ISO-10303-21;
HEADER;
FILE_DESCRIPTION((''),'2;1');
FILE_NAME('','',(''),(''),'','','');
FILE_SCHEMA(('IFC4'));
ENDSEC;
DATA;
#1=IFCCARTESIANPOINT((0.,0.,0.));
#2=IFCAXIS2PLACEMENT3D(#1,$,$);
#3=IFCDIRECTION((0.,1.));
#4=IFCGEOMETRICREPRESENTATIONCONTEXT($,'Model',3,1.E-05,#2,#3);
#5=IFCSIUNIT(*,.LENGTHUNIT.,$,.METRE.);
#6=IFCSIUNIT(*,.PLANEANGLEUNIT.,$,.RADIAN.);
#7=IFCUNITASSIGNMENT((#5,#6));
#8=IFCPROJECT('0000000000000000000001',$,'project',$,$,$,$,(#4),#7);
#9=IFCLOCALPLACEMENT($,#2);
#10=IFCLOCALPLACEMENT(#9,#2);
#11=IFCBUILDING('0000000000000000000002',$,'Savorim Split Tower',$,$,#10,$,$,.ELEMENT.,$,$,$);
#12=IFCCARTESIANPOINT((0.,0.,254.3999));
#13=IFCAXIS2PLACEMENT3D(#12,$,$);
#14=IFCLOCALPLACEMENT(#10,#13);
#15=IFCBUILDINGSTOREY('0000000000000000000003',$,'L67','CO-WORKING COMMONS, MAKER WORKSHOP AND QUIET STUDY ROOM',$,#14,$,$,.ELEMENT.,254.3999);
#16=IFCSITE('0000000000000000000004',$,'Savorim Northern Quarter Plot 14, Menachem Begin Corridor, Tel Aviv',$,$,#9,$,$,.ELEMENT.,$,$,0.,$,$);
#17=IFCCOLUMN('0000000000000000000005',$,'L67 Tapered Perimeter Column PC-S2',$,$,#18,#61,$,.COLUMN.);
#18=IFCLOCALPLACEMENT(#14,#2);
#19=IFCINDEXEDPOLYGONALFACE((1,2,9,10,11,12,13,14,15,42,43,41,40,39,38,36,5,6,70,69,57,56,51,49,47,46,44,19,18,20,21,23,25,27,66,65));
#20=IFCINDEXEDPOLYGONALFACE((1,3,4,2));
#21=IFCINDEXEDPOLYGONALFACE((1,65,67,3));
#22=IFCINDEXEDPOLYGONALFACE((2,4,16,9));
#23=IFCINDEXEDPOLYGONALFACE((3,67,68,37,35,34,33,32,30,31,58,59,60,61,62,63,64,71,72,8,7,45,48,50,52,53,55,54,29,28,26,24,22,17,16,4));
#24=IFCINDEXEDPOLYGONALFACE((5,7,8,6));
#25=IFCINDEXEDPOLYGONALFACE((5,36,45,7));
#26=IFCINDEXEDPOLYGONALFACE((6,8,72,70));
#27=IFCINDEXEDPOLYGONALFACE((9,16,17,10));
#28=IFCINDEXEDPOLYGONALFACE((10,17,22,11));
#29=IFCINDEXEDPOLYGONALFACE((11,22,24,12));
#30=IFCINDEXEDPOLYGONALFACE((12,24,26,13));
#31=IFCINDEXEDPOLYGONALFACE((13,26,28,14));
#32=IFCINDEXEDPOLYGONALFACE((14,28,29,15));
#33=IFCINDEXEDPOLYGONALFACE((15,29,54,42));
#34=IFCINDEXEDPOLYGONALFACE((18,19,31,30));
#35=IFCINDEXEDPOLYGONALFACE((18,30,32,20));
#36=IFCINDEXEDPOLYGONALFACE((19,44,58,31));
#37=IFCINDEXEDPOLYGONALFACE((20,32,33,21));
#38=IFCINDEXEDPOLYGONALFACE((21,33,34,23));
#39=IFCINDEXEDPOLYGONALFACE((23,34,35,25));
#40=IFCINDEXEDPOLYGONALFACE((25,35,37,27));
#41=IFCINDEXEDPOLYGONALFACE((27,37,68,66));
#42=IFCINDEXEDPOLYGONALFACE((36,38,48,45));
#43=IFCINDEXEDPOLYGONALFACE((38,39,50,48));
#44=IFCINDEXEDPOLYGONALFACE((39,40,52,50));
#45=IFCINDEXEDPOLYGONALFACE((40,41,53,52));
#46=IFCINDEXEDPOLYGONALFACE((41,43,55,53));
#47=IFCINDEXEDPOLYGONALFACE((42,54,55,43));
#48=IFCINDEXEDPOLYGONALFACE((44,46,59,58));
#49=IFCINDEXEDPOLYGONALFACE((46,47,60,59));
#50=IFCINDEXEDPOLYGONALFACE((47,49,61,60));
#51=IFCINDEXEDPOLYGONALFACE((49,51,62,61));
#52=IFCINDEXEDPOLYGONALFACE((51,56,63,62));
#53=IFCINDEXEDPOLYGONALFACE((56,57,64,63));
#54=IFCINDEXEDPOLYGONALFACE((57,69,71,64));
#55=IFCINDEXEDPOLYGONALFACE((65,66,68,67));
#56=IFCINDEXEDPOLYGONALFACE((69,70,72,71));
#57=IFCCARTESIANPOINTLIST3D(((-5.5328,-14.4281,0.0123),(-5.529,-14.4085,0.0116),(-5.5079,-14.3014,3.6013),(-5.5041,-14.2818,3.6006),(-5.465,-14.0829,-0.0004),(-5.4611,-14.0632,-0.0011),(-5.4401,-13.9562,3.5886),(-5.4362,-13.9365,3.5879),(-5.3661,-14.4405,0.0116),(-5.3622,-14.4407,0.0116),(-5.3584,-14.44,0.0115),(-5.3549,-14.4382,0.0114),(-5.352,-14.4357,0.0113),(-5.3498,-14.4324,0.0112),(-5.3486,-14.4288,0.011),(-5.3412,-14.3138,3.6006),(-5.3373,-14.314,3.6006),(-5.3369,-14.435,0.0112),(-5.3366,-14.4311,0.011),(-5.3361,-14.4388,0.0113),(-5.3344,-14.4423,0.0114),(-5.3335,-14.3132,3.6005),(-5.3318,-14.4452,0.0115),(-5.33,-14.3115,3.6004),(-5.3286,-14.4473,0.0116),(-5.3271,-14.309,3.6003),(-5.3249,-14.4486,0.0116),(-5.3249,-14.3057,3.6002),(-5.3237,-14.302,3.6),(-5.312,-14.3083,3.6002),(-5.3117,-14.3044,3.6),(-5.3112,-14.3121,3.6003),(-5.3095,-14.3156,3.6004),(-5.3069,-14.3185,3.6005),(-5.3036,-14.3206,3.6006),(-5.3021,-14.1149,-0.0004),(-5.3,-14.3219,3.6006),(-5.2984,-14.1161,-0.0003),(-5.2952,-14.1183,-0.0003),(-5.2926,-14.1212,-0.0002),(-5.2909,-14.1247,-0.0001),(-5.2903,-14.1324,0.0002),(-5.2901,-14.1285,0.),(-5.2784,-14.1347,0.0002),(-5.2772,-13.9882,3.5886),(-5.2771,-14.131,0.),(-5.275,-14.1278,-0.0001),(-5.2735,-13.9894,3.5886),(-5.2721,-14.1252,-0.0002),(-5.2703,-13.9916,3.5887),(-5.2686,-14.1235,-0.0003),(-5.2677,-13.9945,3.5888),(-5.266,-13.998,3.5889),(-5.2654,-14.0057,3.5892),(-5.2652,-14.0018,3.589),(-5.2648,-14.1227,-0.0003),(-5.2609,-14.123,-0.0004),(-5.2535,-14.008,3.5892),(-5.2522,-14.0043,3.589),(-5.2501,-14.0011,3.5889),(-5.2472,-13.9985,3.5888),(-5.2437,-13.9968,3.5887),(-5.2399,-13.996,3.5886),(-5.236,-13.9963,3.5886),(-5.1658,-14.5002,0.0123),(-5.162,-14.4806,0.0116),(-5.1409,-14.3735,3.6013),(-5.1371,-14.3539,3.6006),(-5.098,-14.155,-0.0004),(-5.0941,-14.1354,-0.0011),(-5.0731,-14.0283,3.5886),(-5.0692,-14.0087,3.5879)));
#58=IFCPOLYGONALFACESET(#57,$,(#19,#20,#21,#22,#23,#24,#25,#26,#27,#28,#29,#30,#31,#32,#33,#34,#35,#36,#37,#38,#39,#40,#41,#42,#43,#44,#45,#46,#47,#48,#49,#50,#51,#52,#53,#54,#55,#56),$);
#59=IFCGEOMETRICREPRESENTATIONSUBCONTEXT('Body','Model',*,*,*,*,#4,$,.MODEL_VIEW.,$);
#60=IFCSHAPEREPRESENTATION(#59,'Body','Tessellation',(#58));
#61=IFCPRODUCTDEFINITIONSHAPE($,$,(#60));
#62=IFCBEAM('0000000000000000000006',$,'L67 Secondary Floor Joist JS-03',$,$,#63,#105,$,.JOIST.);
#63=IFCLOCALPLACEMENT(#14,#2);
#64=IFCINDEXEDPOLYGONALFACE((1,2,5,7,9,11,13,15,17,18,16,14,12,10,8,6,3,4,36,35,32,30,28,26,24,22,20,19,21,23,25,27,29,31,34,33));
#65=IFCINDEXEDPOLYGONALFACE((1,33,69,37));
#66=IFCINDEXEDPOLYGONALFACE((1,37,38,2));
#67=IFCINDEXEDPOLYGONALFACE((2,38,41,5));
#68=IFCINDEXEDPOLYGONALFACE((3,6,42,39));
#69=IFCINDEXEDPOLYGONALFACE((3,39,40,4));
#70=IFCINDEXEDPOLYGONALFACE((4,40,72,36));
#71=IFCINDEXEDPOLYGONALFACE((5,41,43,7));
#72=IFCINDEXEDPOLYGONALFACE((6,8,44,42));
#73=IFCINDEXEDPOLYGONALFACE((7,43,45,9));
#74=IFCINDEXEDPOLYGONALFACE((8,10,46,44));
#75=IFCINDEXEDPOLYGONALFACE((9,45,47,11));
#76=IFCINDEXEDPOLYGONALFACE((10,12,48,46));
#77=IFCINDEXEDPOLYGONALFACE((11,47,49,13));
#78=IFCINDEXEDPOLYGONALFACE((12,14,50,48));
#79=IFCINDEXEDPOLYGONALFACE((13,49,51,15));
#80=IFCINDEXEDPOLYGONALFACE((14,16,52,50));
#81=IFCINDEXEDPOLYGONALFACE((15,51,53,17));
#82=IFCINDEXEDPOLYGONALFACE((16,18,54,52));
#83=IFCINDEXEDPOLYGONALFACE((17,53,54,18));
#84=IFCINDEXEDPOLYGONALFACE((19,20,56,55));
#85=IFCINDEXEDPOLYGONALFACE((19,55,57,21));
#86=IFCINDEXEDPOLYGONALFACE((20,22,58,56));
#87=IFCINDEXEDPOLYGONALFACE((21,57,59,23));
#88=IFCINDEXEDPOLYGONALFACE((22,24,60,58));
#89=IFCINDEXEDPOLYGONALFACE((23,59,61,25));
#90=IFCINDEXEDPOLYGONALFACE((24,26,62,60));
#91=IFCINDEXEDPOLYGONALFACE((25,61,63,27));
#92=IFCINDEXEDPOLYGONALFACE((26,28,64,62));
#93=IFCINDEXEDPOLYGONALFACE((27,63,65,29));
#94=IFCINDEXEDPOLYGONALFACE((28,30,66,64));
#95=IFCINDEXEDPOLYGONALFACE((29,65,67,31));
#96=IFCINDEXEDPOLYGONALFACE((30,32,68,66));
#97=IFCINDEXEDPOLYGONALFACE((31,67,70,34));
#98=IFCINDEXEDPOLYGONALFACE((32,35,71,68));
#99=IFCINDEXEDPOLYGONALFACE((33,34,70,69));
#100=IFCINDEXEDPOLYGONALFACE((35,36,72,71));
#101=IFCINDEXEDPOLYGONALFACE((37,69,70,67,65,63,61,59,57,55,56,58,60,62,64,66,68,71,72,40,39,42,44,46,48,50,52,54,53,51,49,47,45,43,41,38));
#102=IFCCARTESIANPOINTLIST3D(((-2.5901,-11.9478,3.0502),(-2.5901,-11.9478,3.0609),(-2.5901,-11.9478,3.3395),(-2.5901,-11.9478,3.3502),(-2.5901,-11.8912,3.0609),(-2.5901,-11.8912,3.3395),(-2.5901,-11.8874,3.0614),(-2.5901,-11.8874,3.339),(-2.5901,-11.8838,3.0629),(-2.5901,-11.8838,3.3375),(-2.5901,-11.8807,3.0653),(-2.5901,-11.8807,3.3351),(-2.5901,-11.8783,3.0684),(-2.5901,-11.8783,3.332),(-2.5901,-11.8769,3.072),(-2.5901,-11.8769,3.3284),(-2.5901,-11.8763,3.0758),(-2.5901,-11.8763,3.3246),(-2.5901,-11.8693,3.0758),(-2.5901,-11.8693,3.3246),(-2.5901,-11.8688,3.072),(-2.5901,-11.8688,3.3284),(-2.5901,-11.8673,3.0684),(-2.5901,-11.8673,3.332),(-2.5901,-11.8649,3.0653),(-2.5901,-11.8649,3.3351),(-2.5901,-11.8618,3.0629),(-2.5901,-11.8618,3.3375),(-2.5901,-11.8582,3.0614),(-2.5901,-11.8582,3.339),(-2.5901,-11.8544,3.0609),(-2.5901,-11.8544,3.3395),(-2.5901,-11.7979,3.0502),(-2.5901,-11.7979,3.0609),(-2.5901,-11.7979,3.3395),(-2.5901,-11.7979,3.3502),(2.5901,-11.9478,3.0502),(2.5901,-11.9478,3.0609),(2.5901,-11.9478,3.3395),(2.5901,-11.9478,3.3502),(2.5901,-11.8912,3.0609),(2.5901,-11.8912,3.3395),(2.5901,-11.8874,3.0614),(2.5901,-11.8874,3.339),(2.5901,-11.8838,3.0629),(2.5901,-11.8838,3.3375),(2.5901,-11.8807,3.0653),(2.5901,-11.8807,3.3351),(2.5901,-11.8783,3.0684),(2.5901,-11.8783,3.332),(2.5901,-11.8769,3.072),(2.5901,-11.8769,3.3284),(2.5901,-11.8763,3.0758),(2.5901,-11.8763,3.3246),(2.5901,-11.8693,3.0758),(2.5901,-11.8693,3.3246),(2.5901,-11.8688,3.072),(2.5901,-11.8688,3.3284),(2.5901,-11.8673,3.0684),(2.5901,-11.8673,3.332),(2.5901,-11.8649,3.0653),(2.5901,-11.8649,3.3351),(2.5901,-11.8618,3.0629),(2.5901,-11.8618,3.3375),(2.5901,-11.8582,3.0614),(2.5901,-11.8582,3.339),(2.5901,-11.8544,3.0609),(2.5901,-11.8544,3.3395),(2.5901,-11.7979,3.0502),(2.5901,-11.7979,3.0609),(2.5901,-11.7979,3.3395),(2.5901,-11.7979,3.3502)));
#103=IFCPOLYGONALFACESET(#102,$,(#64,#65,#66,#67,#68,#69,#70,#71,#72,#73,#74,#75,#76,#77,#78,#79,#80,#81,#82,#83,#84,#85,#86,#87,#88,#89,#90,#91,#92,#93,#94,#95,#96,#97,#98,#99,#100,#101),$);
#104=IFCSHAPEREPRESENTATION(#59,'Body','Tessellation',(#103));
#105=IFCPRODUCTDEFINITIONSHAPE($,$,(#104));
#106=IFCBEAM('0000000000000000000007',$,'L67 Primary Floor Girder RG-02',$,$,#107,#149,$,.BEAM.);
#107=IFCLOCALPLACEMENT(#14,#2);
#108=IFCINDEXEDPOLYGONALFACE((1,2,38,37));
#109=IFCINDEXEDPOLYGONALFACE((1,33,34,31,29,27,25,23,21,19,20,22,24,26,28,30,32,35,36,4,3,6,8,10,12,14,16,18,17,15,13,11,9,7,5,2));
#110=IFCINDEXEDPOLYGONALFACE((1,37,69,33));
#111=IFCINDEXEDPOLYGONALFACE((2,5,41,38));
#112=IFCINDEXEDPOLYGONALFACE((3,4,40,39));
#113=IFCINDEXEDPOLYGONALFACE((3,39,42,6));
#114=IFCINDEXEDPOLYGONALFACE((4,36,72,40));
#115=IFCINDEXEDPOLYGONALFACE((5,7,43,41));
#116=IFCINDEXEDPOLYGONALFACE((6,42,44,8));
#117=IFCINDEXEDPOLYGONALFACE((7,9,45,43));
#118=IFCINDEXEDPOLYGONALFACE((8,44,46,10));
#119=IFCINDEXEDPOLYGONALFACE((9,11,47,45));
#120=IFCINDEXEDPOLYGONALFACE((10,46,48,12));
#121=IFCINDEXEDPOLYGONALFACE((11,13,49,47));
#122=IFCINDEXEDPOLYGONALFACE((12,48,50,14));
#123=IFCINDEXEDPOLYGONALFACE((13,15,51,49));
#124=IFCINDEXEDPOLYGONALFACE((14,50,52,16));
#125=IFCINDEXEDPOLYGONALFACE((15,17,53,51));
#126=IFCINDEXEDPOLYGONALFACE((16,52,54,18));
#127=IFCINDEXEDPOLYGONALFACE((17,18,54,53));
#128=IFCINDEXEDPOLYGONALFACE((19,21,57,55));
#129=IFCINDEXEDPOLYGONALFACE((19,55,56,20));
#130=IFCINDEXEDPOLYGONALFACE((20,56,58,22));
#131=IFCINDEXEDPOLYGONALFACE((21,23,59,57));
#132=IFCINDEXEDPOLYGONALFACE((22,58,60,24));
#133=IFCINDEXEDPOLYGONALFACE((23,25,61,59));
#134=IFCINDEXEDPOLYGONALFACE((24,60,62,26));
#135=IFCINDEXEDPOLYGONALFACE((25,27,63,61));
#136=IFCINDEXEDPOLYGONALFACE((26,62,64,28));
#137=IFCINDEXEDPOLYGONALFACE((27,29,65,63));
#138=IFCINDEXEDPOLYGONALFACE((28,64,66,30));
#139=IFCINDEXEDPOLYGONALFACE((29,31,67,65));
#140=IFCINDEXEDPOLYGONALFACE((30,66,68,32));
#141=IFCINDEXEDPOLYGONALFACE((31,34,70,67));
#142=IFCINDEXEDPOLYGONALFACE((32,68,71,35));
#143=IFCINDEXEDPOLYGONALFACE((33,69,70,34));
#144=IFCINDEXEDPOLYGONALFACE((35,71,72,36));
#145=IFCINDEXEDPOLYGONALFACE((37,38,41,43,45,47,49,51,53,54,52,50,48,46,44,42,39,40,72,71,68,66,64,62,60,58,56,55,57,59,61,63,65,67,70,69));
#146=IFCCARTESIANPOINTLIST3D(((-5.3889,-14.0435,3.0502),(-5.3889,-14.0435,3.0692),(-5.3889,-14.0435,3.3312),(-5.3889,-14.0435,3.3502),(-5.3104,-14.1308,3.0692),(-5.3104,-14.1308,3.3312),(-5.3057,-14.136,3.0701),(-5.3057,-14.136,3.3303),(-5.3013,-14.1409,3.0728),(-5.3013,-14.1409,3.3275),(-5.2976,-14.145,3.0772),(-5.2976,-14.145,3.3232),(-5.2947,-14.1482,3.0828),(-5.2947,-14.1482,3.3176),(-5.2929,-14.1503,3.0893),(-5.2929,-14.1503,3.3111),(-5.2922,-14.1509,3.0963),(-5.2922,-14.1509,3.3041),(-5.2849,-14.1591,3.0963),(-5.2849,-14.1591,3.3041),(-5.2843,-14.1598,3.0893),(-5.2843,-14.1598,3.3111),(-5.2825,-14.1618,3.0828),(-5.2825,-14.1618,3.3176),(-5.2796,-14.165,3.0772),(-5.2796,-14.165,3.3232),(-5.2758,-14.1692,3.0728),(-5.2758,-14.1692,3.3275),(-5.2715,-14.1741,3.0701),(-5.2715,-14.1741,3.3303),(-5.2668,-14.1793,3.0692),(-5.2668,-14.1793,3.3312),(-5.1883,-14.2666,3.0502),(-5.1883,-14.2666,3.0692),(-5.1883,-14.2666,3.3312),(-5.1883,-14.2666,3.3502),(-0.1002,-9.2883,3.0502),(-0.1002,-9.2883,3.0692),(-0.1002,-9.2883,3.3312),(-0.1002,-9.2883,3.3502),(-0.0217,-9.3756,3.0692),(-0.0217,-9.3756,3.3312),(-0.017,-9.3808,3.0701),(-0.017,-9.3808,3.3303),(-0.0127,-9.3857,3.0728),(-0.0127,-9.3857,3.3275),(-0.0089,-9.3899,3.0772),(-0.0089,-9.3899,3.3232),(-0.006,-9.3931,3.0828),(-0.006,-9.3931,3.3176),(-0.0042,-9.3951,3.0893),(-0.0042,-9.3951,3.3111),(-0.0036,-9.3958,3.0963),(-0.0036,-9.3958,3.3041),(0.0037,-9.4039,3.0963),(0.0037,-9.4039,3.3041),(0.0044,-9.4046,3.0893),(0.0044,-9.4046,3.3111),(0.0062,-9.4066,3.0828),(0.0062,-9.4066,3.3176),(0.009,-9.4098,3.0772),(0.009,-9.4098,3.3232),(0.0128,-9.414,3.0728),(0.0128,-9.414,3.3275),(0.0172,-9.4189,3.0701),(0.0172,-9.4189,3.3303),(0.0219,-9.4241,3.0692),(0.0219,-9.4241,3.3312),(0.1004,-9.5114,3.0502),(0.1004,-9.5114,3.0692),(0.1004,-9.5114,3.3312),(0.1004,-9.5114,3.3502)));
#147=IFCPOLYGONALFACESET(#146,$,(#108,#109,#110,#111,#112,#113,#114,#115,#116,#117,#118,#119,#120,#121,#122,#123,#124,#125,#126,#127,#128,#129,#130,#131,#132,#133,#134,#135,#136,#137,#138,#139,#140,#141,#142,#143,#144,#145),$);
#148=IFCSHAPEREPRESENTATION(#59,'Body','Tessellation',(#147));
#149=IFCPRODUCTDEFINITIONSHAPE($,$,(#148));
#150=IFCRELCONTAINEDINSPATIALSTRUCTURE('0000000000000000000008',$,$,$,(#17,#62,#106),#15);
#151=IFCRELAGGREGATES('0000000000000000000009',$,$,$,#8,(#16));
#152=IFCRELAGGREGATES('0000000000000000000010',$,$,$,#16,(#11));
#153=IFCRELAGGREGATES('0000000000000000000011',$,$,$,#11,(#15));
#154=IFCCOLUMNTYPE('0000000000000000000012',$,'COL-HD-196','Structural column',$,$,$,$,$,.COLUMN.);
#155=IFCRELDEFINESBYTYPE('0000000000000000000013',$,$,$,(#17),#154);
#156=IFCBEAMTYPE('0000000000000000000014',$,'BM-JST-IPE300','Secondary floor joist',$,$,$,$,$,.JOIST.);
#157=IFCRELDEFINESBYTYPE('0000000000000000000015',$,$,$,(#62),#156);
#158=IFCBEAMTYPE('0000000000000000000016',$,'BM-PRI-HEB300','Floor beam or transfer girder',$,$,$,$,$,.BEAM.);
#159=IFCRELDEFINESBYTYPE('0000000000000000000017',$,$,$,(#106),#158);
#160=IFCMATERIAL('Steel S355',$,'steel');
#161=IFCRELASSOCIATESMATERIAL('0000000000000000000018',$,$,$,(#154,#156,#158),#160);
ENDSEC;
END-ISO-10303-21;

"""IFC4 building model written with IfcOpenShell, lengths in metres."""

from ifc_helpers import new_model, si_unit, direction, frame, origin, origin_2d, place, context, subcontext, project, spatial, i_section, extrude, material, material_profile, profile_set, type_object, element, save


model = new_model("IFC4")

# Units and contexts
model_context = context("Model", 3, precision=1e-05, world=origin(), true_north=direction((0.0, 1.0)))
body_context = subcontext(model_context, "Body", "Model", "MODEL_VIEW")
ifc_project = project(units=[si_unit("LENGTHUNIT", "METRE"), si_unit("PLANEANGLEUNIT", "RADIAN")], contexts=[model_context])

# Site, building, storey
site_placement = place(None, origin())
site = spatial("IfcSite", under=ifc_project, at=site_placement, Name="Savorim Northern Quarter Plot 14, Menachem Begin Corridor, Tel Aviv", CompositionType="ELEMENT", RefElevation=0.0)
building_placement = place(site_placement, origin())
building = spatial("IfcBuilding", under=site, at=building_placement, Name="Savorim Split Tower", CompositionType="ELEMENT")
storey_placement = place(building_placement, frame((0.0, 0.0, 254.3999)))
storey = spatial("IfcBuildingStorey", under=building, at=storey_placement, Name="L67", Description="CO-WORKING COMMONS, MAKER WORKSHOP AND QUIET STUDY ROOM", CompositionType="ELEMENT", Elevation=254.3999)

# Column
ifc_material_1 = material(Name="Steel S355", Category="steel")
ifc_material_profile_1 = material_profile(ifc_material_1, i_section(OverallWidth=0.374, OverallDepth=0.3721, WebThickness=0.0122, FlangeThickness=0.02, FilletRadius=0.0149, at=origin_2d()), Name="HD 360x196")
ifc_profile_set_1 = profile_set([ifc_material_profile_1], Name="Steel S355")
column_type = type_object("IfcColumnType", Name="COL-HD-196", Description="Structural column", PredefinedType="COLUMN", material=ifc_profile_set_1)
column_placement = place(storey_placement, frame((-5.3135, -14.2817, 0.0056), z_axis=(0.006934, 0.035283, 0.999353), x_axis=(-0.98123, 0.192843, 0.0)))
element("IfcColumn", 1, at=column_placement, inside=storey, type_object=column_type, Name="L67 Tapered Perimeter Column PC-S2", PredefinedType="COLUMN", context=body_context, shape_type="SweptSolid", body=[
    extrude(i_section(OverallWidth=0.374, OverallDepth=0.3721, WebThickness=0.0122, FlangeThickness=0.02, FilletRadius=0.0149, at=origin_2d()), origin(), (0.0, 0.0, 1.0), 3.5913),
])

# Beams
ifc_material_profile_2 = material_profile(ifc_material_1, i_section(OverallWidth=0.1499, OverallDepth=0.3, WebThickness=0.0071, FlangeThickness=0.0107, FilletRadius=0.0149, at=origin_2d()), Name="IPE 300")
ifc_profile_set_2 = profile_set([ifc_material_profile_2], Name="Steel S355")
beam_type_1 = type_object("IfcBeamType", Name="BM-JST-IPE300", Description="Secondary floor joist", PredefinedType="JOIST", material=ifc_profile_set_2)
beam_1_placement = place(storey_placement, frame((-2.5901, -11.8728, 3.2002), z_axis=(1.0, 0.0, 0.0), x_axis=(0.0, 1.0, 0.0)))
element("IfcBeam", 2, at=beam_1_placement, inside=storey, type_object=beam_type_1, Name="L67 Secondary Floor Joist JS-03", PredefinedType="JOIST", context=body_context, shape_type="SweptSolid", body=[
    extrude(i_section(OverallWidth=0.1499, OverallDepth=0.3, WebThickness=0.0071, FlangeThickness=0.0107, FilletRadius=0.0149, at=origin_2d()), origin(), (0.0, 0.0, 1.0), 5.1802),
])
ifc_material_profile_3 = material_profile(ifc_material_1, i_section(OverallWidth=0.3, OverallDepth=0.3, WebThickness=0.011, FlangeThickness=0.019, FilletRadius=0.0271, at=origin_2d()), Name="HEB 300")
ifc_profile_set_3 = profile_set([ifc_material_profile_3], Name="Steel S355")
beam_type_2 = type_object("IfcBeamType", Name="BM-PRI-HEB300", Description="Floor beam or transfer girder", PredefinedType="BEAM", material=ifc_profile_set_3)
beam_2_placement = place(storey_placement, frame((-5.2886, -14.155, 3.2002), z_axis=(0.743615, 0.668608, 0.0), x_axis=(-0.668608, 0.743615, 0.0)))
element("IfcBeam", 3, at=beam_2_placement, inside=storey, type_object=beam_type_2, Name="L67 Primary Floor Girder RG-02", PredefinedType="BEAM", context=body_context, shape_type="SweptSolid", body=[
    extrude(i_section(OverallWidth=0.3, OverallDepth=0.3, WebThickness=0.011, FlangeThickness=0.019, FilletRadius=0.0271, at=origin_2d()), origin(), (0.0, 0.0, 1.0), 7.1121),
])

save(model, "model.ifc")
